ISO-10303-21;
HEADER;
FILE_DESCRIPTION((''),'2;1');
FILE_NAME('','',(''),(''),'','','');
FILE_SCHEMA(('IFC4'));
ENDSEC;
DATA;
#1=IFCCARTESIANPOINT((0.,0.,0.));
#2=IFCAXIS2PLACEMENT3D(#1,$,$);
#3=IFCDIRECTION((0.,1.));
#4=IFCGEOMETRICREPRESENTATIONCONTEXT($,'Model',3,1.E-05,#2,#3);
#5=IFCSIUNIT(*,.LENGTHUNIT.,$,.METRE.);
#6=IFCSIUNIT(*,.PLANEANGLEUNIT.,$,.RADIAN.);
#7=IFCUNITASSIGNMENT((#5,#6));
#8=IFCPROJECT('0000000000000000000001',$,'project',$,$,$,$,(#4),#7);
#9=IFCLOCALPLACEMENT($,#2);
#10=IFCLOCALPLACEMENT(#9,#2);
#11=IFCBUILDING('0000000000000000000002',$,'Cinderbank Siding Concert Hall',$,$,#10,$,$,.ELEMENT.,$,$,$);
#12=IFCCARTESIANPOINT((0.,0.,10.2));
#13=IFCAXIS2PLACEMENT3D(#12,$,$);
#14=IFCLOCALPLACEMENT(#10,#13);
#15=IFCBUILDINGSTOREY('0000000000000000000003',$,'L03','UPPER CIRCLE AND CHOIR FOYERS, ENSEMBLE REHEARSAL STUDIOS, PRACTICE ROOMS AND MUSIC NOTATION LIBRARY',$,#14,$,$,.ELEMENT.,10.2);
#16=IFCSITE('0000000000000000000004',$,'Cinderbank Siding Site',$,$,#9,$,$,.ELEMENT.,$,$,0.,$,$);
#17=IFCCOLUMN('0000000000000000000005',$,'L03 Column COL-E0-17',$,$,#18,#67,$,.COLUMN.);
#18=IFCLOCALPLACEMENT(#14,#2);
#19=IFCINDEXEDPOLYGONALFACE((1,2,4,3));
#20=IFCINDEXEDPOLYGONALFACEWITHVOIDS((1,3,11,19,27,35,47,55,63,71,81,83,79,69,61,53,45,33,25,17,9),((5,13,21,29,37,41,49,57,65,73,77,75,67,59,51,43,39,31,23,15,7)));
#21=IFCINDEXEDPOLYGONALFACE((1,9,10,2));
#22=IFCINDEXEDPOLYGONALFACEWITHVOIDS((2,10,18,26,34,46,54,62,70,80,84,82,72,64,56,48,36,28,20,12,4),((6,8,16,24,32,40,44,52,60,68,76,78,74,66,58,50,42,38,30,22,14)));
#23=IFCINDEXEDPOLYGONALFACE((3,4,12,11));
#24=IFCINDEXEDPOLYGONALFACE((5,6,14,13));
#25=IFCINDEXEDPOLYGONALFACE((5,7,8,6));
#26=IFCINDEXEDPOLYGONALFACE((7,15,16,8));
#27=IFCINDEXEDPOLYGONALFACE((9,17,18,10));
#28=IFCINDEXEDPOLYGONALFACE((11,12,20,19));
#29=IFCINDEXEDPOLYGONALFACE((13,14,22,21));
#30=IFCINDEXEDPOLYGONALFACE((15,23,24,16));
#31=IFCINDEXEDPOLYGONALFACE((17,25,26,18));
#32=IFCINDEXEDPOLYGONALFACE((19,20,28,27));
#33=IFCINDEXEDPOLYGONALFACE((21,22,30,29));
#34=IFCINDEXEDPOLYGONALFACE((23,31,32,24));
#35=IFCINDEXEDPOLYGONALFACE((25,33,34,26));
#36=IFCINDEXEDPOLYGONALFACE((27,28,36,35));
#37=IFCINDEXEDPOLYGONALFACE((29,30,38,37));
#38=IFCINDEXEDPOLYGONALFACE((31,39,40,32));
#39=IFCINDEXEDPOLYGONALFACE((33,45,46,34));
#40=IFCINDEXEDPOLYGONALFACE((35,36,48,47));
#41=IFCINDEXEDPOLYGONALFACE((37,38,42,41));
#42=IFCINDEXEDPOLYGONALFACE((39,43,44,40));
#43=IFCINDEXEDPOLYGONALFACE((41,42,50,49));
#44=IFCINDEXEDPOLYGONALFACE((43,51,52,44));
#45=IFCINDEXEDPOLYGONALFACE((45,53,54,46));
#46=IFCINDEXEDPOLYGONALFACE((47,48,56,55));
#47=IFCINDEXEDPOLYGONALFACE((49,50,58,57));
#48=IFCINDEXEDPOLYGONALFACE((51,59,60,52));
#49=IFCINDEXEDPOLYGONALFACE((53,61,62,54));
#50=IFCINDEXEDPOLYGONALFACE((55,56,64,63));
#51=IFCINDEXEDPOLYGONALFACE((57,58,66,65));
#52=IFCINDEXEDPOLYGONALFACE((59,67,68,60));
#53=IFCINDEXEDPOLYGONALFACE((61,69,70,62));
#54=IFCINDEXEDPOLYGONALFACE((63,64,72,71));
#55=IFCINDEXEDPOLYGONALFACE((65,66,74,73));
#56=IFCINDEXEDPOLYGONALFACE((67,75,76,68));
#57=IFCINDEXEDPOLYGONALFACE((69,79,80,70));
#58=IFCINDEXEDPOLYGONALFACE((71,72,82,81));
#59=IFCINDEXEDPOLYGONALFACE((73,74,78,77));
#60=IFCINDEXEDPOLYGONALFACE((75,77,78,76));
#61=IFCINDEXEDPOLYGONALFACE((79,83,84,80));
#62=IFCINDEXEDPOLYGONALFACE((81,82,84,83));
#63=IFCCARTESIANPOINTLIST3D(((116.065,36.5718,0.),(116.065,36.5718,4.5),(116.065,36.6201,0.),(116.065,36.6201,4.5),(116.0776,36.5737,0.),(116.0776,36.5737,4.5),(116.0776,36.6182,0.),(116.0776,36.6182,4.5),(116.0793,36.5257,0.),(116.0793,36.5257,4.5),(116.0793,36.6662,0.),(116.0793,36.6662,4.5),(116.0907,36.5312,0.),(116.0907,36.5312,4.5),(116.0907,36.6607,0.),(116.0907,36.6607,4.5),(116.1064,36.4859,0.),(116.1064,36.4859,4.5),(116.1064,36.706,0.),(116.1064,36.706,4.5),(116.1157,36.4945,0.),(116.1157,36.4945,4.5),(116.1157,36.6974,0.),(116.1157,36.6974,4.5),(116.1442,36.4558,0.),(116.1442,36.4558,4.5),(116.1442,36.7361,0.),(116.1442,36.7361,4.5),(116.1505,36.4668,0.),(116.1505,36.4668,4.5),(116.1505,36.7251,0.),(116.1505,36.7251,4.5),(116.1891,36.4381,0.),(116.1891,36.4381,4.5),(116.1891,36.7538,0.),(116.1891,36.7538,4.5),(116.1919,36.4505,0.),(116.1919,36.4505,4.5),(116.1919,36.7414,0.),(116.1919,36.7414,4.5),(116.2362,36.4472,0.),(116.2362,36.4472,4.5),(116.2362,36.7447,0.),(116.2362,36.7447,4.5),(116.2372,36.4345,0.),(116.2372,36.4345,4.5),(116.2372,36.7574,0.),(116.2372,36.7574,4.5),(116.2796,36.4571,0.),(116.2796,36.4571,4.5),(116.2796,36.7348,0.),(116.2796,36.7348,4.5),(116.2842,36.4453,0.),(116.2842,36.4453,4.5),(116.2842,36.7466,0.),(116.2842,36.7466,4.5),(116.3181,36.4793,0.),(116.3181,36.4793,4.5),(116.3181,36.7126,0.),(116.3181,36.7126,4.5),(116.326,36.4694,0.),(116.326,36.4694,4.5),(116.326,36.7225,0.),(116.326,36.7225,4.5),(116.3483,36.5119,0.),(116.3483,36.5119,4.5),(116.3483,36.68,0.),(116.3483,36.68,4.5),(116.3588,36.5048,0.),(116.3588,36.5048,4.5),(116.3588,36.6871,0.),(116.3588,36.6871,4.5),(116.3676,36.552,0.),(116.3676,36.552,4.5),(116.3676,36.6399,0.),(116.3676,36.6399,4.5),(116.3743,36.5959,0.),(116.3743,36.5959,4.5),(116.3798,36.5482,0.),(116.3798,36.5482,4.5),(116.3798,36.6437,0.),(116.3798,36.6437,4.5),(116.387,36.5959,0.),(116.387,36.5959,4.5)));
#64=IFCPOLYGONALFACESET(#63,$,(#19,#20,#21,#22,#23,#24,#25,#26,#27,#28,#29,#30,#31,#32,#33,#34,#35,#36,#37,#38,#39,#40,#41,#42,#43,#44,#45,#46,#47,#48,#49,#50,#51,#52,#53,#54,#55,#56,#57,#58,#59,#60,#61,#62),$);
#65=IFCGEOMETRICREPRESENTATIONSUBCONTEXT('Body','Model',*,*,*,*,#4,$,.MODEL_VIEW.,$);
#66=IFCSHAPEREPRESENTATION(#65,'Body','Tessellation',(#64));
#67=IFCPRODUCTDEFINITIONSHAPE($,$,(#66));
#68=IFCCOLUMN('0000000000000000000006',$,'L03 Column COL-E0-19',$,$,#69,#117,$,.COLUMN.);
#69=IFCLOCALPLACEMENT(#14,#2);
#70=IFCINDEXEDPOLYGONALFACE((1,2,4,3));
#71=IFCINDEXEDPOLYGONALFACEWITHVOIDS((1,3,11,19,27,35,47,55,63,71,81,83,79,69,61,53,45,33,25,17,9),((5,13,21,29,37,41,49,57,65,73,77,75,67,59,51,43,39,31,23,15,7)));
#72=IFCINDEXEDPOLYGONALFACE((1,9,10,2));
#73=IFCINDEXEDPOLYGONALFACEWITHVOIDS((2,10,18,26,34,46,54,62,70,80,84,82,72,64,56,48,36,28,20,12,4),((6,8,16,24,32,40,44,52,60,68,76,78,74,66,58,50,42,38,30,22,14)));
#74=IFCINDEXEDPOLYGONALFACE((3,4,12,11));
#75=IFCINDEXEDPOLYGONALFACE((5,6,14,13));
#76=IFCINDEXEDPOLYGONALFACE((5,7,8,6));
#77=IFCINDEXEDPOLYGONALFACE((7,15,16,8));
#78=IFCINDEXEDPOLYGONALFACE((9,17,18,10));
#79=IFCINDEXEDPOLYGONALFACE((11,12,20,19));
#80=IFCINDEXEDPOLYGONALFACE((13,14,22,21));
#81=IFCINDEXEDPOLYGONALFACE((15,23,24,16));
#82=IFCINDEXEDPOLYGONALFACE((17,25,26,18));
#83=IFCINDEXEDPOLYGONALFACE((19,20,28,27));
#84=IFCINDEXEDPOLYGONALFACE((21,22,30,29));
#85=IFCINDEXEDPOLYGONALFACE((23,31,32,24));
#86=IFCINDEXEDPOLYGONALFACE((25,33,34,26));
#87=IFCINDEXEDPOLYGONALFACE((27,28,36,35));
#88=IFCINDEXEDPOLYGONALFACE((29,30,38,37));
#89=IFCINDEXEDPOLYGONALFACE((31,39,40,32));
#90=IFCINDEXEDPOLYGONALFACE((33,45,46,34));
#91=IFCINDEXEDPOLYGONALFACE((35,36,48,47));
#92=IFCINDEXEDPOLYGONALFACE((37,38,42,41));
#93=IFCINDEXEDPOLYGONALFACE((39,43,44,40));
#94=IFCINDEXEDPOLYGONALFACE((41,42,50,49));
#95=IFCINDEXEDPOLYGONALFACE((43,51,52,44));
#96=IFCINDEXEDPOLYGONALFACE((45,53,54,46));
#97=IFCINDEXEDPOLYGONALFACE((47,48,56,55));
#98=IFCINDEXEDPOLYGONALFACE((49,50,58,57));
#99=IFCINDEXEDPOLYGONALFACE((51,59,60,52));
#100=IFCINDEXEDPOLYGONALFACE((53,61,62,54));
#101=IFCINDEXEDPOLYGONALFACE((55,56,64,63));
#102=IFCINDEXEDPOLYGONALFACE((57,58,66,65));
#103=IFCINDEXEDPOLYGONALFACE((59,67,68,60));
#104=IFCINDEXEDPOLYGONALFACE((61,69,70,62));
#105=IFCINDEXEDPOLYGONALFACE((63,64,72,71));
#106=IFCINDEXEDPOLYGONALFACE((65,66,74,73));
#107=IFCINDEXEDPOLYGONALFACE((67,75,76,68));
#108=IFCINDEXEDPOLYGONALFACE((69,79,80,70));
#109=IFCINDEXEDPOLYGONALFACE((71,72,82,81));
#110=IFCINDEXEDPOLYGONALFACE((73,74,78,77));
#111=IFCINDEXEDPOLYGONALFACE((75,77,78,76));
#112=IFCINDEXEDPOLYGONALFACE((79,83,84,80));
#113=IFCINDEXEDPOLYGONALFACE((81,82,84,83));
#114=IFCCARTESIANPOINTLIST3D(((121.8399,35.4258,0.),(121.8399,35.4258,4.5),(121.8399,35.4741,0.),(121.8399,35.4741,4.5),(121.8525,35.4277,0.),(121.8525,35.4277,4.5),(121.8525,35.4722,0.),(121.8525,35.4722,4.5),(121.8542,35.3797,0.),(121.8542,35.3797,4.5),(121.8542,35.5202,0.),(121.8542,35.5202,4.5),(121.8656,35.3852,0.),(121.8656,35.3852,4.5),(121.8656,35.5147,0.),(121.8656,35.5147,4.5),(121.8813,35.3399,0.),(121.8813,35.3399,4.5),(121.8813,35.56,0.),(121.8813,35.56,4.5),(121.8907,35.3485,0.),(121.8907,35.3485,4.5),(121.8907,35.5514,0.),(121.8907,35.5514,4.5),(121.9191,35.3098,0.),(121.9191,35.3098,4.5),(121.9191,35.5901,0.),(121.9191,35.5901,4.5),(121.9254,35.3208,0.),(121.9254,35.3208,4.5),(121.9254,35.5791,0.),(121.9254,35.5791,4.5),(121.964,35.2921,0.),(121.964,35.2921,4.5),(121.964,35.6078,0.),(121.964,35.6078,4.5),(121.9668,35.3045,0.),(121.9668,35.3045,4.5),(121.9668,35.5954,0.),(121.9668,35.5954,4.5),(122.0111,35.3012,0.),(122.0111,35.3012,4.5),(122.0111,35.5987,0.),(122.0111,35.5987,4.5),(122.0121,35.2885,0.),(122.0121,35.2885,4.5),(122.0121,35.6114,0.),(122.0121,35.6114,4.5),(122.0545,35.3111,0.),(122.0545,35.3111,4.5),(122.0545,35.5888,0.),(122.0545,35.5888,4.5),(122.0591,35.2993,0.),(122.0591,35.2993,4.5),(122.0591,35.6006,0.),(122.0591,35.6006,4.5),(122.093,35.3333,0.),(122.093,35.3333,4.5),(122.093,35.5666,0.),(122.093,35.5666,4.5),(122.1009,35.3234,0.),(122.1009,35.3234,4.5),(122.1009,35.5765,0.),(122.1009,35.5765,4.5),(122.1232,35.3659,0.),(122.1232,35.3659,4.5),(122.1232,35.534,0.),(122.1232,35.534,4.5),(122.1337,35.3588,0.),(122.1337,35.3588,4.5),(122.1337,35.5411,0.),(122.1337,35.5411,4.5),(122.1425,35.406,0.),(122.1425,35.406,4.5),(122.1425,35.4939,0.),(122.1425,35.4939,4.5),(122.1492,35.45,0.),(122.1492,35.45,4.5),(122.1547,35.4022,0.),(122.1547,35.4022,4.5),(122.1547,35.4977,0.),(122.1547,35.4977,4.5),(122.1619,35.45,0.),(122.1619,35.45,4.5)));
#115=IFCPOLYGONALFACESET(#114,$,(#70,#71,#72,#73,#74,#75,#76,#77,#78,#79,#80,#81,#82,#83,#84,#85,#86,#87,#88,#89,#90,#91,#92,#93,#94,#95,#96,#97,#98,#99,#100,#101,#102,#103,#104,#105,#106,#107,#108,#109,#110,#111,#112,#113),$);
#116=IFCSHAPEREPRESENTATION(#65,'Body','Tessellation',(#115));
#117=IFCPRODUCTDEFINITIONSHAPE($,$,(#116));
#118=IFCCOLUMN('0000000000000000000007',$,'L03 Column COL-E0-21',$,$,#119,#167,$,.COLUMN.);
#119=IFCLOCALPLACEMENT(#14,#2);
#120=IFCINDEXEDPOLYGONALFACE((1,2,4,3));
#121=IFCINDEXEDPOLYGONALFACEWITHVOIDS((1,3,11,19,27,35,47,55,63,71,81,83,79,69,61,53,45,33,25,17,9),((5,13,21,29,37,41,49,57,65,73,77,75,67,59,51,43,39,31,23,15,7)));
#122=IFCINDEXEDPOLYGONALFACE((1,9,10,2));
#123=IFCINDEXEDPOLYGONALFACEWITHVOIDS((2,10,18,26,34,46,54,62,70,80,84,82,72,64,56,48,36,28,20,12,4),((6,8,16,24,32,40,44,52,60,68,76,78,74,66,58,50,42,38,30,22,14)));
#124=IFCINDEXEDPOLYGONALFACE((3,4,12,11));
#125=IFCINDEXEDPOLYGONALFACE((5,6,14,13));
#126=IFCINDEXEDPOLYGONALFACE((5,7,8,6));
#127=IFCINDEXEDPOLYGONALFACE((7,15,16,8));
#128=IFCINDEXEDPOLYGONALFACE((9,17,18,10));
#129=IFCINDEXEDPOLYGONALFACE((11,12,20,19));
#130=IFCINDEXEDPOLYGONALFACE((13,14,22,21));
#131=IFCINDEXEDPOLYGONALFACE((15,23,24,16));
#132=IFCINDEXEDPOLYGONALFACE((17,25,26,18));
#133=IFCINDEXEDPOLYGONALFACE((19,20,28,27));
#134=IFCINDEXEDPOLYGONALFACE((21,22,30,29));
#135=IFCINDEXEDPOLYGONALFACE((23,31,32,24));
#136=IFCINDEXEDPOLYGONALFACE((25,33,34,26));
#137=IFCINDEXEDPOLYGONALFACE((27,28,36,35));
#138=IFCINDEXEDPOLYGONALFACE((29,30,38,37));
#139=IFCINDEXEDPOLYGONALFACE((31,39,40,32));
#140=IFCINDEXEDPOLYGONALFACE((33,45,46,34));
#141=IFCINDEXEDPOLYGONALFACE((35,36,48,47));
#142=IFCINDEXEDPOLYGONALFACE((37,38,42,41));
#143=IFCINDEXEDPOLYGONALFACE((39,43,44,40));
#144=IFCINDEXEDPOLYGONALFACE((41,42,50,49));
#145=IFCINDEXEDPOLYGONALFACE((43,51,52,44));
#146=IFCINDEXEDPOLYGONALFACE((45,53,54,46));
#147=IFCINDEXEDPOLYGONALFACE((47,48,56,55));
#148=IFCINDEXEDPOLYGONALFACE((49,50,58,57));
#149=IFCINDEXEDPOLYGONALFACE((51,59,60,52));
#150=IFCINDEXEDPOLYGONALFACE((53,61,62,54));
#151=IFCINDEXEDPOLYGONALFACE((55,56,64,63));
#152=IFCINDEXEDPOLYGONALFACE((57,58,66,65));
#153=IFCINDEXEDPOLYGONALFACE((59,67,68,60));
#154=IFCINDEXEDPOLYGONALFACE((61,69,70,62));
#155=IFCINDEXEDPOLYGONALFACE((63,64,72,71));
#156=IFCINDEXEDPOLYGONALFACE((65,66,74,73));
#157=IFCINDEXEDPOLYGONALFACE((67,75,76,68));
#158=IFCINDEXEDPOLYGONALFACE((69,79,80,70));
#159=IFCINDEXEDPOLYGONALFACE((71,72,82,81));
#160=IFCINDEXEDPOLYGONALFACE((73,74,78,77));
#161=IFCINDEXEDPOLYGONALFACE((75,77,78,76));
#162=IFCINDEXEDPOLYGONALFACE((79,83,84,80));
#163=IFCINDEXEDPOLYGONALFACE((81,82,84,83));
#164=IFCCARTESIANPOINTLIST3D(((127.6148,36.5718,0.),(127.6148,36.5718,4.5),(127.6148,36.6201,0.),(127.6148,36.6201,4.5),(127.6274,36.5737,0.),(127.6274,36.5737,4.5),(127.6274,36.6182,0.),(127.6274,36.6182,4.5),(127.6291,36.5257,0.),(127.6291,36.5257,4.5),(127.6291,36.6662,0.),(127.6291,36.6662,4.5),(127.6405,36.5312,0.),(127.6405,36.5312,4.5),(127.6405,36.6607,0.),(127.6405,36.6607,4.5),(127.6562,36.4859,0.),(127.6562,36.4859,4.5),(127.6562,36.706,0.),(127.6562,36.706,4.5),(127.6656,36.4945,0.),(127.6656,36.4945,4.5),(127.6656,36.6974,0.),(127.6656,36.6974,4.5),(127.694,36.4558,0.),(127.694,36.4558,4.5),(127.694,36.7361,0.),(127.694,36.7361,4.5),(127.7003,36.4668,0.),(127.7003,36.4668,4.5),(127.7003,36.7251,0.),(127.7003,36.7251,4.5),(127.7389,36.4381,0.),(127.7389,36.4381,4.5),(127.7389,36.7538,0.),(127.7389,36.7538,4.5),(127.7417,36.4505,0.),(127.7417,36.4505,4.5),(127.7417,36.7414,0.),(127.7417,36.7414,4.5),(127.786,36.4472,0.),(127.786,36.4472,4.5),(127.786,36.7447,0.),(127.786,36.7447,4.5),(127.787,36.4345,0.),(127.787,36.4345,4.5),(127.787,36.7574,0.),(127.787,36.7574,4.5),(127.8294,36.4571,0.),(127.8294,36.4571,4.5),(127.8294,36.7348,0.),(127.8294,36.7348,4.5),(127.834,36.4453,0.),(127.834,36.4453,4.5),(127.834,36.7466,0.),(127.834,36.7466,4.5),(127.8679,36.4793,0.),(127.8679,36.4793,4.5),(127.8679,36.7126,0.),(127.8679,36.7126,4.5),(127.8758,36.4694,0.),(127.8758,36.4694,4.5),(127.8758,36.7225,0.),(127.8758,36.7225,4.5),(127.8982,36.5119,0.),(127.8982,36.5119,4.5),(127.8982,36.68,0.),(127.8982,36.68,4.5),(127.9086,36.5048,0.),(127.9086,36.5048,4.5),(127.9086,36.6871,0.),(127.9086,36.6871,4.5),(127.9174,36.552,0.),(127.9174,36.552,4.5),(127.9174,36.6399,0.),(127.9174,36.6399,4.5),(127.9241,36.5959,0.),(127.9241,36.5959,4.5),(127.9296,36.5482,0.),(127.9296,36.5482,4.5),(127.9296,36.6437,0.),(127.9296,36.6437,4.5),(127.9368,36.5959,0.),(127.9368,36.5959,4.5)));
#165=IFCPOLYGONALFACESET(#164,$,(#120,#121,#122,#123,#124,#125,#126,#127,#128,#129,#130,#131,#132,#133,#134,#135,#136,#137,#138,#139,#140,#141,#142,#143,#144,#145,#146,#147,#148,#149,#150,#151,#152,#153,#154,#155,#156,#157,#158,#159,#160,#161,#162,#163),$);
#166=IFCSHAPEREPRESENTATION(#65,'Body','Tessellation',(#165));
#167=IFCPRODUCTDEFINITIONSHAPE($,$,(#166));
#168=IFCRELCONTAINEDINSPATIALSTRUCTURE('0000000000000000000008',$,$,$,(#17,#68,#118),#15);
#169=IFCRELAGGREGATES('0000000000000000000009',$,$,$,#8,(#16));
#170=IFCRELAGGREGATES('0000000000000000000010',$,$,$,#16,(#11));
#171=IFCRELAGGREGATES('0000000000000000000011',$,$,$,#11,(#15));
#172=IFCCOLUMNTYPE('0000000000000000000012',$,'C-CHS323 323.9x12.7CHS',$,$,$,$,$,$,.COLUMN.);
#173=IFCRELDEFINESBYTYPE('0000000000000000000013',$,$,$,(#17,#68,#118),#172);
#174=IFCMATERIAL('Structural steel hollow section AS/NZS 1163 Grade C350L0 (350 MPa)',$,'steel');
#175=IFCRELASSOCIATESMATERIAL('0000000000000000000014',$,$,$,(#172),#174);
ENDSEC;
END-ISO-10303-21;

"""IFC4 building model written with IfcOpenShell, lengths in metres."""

from ifc_helpers import new_model, si_unit, direction, frame, origin, origin_2d, place, context, subcontext, project, spatial, hollow_circle, extrude, material, material_profile, profile_set, type_object, element, save


model = new_model("IFC4")

# Units and contexts
model_context = context("Model", 3, precision=1e-05, world=origin(), true_north=direction((0.0, 1.0)))
body_context = subcontext(model_context, "Body", "Model", "MODEL_VIEW")
ifc_project = project(units=[si_unit("LENGTHUNIT", "METRE"), si_unit("PLANEANGLEUNIT", "RADIAN")], contexts=[model_context])

# Site, building, storey
site_placement = place(None, origin())
site = spatial("IfcSite", under=ifc_project, at=site_placement, Name="Cinderbank Siding Site", CompositionType="ELEMENT", RefElevation=0.0)
building_placement = place(site_placement, origin())
building = spatial("IfcBuilding", under=site, at=building_placement, Name="Cinderbank Siding Concert Hall", CompositionType="ELEMENT")
storey_placement = place(building_placement, frame((0.0, 0.0, 10.2)))
storey = spatial("IfcBuildingStorey", under=building, at=storey_placement, Name="L03", Description="UPPER CIRCLE AND CHOIR FOYERS, ENSEMBLE REHEARSAL STUDIOS, PRACTICE ROOMS AND MUSIC NOTATION LIBRARY", CompositionType="ELEMENT", Elevation=10.2)

# Columns
ifc_material_1 = material(Name="Structural steel hollow section AS/NZS 1163 Grade C350L0 (350 MPa)", Category="steel")
ifc_material_profile_1 = material_profile(ifc_material_1, hollow_circle(Radius=0.1619, WallThickness=0.0127, at=origin_2d()), Name="323.9x12.7CHS", Category="LoadBearing")
ifc_profile_set_1 = profile_set([ifc_material_profile_1], Name="Structural steel hollow section AS/NZS 1163 Grade C350L0 (350 MPa)")
column_type = type_object("IfcColumnType", Name="C-CHS323 323.9x12.7CHS", PredefinedType="COLUMN", material=ifc_profile_set_1)
for number, where, z_axis, x_axis, name in (
    (1, (116.2251, 36.5959, 0.0), (0.0, 0.0, 1.0), (1.0, 0.0, 0.0), "L03 Column COL-E0-17"),
    (2, (122.0, 35.45, 0.0), (0.0, 0.0, 1.0), (1.0, 0.0, 0.0), "L03 Column COL-E0-19"),
    (3, (127.7749, 36.5959, 0.0), (0.0, 0.0, 1.0), (1.0, 0.0, 0.0), "L03 Column COL-E0-21"),
):
    element("IfcColumn", number, at=place(storey_placement, frame(where, z_axis=z_axis, x_axis=x_axis)), inside=storey, type_object=column_type, Name=name, PredefinedType="COLUMN", context=body_context, shape_type="SweptSolid", body=[
        extrude(hollow_circle(Radius=0.1619, WallThickness=0.0127, at=origin_2d()), origin(), (0.0, 0.0, 1.0), 4.5),
    ])

save(model, "model.ifc")
